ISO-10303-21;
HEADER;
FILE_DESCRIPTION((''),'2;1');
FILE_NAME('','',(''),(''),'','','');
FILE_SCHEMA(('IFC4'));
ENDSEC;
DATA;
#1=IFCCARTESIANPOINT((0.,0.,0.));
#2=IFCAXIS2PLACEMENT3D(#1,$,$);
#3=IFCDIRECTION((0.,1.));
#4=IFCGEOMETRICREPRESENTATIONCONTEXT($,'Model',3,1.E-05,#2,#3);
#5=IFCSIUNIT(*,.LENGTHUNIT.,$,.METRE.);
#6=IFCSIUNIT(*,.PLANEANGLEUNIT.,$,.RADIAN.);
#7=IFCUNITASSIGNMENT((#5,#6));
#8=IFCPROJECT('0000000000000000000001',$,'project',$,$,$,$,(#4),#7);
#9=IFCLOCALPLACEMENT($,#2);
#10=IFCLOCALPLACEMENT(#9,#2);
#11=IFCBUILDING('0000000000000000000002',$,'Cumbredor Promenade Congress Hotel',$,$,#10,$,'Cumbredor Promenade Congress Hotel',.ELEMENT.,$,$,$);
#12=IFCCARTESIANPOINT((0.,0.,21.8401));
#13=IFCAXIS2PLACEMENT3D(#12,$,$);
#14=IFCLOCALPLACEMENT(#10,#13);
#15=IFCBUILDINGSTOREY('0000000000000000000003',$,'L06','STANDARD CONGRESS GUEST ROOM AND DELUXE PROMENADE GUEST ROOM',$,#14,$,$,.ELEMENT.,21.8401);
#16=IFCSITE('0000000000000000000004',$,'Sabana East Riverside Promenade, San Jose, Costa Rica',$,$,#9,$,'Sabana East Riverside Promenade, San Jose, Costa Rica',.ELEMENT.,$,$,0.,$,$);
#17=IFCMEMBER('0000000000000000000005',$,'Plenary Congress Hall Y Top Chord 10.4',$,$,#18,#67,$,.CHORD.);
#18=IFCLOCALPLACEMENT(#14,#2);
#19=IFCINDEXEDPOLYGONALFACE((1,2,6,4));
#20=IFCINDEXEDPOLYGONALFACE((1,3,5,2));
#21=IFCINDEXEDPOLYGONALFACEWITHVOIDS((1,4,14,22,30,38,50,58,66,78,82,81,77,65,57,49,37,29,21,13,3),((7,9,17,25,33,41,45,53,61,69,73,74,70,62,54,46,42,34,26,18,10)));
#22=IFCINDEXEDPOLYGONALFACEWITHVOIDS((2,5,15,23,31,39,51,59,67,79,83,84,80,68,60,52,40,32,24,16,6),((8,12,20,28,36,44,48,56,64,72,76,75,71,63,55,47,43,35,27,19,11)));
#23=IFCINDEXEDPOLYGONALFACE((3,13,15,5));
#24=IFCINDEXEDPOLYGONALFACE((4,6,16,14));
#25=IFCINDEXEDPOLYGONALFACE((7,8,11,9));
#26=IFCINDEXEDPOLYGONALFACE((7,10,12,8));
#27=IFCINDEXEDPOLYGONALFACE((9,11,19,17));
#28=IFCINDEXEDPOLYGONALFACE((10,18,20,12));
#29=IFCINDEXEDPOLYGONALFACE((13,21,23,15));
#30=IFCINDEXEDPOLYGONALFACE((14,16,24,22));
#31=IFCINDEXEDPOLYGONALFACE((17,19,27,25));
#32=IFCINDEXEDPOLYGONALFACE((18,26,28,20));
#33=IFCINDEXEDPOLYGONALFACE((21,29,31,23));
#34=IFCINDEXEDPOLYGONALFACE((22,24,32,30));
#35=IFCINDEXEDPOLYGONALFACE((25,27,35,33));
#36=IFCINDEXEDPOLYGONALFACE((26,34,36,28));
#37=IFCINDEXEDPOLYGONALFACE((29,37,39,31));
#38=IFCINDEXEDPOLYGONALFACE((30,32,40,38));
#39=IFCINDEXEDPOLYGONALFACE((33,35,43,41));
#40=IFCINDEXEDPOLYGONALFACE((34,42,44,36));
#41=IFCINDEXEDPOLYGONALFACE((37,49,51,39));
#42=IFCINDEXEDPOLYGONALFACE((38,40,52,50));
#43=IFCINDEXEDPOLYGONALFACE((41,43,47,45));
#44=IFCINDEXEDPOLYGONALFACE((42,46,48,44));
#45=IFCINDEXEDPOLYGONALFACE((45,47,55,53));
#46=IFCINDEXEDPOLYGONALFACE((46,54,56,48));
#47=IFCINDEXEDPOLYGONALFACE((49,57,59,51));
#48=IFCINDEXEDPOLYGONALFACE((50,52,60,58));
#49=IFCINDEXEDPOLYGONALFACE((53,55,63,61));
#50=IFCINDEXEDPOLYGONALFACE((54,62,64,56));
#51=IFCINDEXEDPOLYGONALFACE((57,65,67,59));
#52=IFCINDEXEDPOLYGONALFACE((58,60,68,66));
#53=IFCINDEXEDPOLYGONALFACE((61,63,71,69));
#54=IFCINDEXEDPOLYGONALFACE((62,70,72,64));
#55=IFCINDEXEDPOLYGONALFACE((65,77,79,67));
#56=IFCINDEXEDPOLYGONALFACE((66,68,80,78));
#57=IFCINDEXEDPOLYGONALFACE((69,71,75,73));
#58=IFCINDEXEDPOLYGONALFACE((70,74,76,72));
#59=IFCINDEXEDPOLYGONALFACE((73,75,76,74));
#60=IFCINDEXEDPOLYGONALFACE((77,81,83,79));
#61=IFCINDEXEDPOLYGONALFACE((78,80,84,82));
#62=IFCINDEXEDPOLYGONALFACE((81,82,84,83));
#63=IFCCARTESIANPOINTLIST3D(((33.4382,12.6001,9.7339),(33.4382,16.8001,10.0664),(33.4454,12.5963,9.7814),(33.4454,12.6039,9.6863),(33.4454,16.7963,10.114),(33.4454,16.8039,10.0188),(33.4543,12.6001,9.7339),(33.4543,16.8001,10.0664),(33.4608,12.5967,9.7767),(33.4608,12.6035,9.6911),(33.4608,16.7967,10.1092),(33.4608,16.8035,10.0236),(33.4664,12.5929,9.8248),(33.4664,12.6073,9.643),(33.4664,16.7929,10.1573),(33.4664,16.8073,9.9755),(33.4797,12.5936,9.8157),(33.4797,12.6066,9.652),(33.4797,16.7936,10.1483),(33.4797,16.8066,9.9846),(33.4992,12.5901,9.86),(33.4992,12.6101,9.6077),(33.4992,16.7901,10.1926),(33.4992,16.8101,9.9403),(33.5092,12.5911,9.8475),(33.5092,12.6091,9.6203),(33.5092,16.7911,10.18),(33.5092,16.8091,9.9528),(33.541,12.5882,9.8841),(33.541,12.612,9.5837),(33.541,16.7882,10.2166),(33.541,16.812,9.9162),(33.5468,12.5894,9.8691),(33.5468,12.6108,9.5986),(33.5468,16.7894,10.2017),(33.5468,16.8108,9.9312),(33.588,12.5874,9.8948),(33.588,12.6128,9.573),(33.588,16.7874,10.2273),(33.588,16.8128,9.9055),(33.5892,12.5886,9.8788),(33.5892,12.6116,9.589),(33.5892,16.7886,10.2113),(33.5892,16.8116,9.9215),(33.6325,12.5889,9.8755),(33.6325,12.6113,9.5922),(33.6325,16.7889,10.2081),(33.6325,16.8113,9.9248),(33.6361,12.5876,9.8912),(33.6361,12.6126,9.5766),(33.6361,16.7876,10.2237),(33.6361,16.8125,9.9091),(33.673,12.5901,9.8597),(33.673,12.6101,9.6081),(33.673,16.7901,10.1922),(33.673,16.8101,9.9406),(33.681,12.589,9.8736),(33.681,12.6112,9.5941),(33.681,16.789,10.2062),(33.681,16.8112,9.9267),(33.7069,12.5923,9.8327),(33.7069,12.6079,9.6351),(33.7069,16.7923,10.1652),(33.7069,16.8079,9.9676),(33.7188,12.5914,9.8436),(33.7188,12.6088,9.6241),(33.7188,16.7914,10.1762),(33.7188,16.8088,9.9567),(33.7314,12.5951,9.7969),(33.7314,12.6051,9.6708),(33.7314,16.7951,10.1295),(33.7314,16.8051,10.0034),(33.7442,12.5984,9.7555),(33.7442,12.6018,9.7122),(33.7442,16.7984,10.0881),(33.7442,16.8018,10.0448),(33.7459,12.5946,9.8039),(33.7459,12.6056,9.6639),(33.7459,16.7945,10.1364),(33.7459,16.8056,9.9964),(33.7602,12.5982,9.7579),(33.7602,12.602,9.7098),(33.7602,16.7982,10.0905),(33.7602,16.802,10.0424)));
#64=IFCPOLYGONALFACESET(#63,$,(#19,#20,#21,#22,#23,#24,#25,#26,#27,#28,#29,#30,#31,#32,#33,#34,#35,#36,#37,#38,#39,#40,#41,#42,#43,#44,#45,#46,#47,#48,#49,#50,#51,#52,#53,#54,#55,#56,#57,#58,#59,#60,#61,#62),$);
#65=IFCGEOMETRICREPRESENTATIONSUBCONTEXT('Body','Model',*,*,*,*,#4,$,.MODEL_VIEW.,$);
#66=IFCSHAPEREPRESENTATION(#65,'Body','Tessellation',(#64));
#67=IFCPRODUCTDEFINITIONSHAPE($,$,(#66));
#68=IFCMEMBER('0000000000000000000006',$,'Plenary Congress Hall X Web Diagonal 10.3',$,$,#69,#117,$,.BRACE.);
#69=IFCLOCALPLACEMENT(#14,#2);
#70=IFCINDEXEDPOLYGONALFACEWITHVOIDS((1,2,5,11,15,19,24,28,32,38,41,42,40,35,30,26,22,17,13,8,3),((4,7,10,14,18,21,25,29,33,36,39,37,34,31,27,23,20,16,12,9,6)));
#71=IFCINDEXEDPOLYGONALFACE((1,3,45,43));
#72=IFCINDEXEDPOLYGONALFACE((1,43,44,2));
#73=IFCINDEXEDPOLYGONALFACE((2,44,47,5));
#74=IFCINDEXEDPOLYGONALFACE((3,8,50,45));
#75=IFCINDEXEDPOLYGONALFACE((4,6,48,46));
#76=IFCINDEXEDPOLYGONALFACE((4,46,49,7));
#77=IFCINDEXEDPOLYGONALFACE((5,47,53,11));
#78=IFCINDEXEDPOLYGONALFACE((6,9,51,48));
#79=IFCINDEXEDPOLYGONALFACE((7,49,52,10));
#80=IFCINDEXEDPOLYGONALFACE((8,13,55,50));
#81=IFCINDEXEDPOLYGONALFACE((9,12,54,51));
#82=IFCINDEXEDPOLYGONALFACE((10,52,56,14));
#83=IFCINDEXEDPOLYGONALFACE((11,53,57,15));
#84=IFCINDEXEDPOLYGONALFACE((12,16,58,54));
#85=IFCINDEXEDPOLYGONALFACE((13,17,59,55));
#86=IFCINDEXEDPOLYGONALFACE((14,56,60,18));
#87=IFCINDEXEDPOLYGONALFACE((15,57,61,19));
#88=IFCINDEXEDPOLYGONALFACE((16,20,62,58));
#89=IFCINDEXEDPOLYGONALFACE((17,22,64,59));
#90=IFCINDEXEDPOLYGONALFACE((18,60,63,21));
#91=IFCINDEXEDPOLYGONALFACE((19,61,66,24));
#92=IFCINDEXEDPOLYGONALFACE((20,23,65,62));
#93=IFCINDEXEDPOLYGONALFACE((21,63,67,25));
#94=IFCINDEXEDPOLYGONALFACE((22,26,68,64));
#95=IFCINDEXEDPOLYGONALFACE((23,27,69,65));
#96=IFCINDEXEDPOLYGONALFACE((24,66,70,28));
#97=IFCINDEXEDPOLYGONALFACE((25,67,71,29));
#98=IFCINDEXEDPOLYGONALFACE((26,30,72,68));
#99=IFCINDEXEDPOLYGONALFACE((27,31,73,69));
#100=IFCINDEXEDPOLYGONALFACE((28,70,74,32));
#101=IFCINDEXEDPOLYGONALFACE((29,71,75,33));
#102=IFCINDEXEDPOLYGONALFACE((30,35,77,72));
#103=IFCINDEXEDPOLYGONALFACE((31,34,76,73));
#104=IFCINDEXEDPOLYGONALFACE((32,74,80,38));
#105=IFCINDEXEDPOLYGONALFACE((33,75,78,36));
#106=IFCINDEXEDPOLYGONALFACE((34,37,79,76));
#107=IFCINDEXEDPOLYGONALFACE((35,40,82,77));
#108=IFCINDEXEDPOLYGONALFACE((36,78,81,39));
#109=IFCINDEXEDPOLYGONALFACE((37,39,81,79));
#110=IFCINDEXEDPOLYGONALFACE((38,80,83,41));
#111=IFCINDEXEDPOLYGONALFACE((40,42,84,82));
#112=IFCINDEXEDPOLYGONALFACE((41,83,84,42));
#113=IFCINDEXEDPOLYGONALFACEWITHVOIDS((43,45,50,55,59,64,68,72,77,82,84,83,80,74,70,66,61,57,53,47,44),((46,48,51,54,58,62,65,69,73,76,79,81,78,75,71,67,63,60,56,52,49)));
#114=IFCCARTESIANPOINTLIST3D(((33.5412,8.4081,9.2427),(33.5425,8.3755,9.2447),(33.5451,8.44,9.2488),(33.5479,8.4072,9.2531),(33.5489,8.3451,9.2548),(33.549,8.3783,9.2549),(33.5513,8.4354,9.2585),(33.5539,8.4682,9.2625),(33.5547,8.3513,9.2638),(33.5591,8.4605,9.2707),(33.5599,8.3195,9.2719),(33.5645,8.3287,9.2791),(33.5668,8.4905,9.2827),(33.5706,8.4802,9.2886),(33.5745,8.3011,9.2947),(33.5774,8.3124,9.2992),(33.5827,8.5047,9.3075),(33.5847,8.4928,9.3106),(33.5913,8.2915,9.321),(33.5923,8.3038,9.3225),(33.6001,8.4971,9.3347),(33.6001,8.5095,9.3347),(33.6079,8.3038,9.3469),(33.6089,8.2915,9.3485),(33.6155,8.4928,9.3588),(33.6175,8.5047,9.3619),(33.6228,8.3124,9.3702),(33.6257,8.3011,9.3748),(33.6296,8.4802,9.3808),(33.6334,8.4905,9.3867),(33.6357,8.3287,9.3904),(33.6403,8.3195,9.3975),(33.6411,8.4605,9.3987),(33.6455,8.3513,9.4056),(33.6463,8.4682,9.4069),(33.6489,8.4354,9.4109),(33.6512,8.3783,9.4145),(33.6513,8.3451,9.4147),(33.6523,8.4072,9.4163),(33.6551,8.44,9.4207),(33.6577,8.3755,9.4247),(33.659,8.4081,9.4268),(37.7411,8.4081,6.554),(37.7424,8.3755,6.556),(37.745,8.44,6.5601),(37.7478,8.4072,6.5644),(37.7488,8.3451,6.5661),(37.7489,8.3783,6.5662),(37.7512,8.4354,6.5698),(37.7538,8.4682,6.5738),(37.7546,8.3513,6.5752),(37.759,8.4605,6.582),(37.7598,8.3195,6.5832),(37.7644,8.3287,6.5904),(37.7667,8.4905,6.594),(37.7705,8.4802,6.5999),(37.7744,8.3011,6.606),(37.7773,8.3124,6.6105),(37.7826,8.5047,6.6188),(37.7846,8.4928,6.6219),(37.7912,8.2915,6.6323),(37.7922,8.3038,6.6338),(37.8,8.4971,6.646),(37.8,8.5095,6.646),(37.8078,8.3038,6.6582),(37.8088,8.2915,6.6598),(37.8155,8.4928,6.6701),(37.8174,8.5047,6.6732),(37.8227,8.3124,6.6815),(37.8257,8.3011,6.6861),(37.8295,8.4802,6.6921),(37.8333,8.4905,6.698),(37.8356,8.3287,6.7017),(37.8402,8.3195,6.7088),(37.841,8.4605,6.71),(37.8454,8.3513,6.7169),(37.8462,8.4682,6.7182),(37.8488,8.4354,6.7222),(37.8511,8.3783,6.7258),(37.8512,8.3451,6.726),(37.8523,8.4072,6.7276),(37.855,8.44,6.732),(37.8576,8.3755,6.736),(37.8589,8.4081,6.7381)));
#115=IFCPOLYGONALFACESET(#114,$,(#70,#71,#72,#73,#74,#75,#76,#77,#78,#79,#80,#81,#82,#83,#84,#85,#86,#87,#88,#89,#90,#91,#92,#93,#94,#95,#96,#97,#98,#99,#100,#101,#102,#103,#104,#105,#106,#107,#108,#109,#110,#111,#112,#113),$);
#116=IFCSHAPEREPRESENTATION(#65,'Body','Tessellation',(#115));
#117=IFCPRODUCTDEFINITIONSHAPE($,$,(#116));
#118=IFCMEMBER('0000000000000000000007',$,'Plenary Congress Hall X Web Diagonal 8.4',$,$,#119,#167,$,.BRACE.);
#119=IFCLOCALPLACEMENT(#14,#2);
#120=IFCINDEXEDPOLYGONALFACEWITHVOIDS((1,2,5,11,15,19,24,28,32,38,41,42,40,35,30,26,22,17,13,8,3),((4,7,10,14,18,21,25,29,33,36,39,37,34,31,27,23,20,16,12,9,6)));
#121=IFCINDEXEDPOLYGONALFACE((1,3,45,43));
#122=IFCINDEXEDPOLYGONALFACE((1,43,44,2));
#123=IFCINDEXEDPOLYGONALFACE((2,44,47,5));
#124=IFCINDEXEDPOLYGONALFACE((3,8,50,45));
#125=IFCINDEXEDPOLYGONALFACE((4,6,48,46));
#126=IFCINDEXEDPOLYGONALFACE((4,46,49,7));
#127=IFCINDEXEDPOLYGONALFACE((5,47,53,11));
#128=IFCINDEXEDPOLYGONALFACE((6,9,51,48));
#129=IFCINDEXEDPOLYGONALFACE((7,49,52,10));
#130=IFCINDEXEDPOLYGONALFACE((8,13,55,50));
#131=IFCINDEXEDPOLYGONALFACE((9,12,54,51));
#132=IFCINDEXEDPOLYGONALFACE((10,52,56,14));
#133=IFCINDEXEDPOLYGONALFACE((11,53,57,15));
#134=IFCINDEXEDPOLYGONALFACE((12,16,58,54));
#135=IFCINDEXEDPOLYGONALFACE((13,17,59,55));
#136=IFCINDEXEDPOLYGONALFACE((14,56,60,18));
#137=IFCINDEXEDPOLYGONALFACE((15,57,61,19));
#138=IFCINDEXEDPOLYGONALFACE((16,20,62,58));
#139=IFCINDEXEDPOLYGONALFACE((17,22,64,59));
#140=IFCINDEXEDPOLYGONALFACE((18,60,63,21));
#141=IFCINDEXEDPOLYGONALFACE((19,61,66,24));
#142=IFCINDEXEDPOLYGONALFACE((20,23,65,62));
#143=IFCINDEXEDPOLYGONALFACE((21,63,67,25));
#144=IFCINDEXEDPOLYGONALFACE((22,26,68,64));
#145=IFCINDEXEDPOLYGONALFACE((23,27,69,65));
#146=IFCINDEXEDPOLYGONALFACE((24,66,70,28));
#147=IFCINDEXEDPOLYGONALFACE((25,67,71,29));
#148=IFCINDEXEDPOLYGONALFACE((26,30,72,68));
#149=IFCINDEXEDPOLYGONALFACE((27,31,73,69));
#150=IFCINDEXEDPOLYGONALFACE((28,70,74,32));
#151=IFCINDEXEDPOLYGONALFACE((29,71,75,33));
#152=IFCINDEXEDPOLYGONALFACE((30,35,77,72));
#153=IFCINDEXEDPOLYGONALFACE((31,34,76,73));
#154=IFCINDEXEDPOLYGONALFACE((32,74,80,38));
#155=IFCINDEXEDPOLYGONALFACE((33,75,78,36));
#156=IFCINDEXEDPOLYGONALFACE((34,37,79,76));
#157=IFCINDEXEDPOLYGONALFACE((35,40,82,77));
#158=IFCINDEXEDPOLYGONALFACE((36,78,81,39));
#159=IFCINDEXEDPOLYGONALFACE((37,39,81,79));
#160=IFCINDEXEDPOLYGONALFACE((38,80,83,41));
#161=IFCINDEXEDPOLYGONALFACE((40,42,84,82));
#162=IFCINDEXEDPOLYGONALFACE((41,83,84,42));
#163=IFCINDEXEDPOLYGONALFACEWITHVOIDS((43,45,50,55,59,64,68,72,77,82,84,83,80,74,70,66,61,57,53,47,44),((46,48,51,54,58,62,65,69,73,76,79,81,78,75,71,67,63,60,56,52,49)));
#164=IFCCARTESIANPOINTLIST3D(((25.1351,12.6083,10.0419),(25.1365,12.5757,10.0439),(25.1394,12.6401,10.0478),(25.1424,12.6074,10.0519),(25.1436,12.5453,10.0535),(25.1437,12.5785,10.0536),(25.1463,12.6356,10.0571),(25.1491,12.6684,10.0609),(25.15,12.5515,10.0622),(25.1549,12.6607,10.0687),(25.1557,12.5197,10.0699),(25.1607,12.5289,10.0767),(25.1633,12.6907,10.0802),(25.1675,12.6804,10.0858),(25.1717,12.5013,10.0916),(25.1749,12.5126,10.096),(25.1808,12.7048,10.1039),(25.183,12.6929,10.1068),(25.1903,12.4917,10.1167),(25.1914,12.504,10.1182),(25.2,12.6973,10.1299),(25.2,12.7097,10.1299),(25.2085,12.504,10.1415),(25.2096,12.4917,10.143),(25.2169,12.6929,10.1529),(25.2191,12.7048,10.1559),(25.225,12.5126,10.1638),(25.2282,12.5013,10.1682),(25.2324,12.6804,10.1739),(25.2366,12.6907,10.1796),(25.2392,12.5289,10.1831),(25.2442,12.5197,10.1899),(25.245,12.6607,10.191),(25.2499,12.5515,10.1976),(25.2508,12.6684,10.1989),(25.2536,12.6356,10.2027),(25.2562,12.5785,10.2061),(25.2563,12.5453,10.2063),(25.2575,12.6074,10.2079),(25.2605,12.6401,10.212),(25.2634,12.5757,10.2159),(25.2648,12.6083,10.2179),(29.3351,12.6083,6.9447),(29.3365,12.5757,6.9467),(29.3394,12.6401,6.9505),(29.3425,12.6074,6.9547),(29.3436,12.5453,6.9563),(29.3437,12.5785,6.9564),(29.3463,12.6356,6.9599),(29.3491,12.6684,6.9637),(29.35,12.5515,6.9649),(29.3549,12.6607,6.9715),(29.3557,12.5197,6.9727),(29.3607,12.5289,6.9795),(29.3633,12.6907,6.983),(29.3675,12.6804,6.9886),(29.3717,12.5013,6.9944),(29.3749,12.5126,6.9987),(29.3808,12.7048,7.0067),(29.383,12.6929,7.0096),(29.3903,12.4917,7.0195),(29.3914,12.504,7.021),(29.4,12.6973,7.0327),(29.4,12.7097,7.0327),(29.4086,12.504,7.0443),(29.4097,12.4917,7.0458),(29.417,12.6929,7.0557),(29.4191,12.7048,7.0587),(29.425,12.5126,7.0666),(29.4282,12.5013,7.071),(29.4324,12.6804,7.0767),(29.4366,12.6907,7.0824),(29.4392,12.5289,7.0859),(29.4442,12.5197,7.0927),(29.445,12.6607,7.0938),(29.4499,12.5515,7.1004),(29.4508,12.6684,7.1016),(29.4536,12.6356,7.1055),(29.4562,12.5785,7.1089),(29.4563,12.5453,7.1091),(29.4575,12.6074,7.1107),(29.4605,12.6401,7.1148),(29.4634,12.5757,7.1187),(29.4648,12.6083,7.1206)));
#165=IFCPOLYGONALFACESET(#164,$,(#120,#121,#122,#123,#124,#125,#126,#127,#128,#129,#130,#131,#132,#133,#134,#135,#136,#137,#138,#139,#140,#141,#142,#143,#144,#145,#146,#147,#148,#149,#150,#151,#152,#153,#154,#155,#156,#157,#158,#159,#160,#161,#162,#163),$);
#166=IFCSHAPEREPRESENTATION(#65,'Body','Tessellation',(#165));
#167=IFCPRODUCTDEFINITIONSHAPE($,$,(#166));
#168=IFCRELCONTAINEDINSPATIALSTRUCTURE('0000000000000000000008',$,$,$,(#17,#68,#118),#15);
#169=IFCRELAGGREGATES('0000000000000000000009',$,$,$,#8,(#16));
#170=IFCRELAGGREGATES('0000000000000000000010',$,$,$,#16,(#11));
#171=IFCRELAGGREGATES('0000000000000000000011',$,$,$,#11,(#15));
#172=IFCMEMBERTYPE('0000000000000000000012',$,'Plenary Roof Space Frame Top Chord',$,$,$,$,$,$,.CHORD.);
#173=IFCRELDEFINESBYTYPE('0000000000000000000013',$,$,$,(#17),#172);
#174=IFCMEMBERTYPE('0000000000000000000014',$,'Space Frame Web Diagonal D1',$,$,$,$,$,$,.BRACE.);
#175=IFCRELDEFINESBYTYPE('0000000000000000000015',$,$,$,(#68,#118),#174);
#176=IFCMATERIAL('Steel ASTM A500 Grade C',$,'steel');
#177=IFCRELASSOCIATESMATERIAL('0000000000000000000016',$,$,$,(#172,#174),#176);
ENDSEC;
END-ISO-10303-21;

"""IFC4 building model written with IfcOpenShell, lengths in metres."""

from ifc_helpers import new_model, si_unit, direction, frame, origin, origin_2d, place, context, subcontext, project, spatial, hollow_circle, extrude, material, material_profile, profile_set, type_object, element, save


model = new_model("IFC4")

# Units and contexts
model_context = context("Model", 3, precision=1e-05, world=origin(), true_north=direction((0.0, 1.0)))
body_context = subcontext(model_context, "Body", "Model", "MODEL_VIEW")
ifc_project = project(units=[si_unit("LENGTHUNIT", "METRE"), si_unit("PLANEANGLEUNIT", "RADIAN")], contexts=[model_context])

# Site, building, storey
site_placement = place(None, origin())
site = spatial("IfcSite", under=ifc_project, at=site_placement, Name="Sabana East Riverside Promenade, San Jose, Costa Rica", LongName="Sabana East Riverside Promenade, San Jose, Costa Rica", CompositionType="ELEMENT", RefElevation=0.0)
building_placement = place(site_placement, origin())
building = spatial("IfcBuilding", under=site, at=building_placement, Name="Cumbredor Promenade Congress Hotel", LongName="Cumbredor Promenade Congress Hotel", CompositionType="ELEMENT")
storey_placement = place(building_placement, frame((0.0, 0.0, 21.8401)))
storey = spatial("IfcBuildingStorey", under=building, at=storey_placement, Name="L06", Description="STANDARD CONGRESS GUEST ROOM AND DELUXE PROMENADE GUEST ROOM", CompositionType="ELEMENT", Elevation=21.8401)

# Members
ifc_material_1 = material(Name="Steel ASTM A500 Grade C", Category="steel")
ifc_material_profile_1 = material_profile(ifc_material_1, hollow_circle(Radius=0.1619, WallThickness=0.0161, at=origin_2d()), Name="CHS 323.9x16")
ifc_profile_set_1 = profile_set([ifc_material_profile_1], Name="Steel ASTM A500 Grade C")
member_type_1 = type_object("IfcMemberType", Name="Plenary Roof Space Frame Top Chord", PredefinedType="CHORD", material=ifc_profile_set_1)
member_1_placement = place(storey_placement, frame((33.6001, 12.6001, 9.7339), z_axis=(0.0, 0.996881, 0.078925), x_axis=(-1.0, 0.0, 0.0)))
element("IfcMember", 1, at=member_1_placement, inside=storey, type_object=member_type_1, Name="Plenary Congress Hall Y Top Chord 10.4", PredefinedType="CHORD", context=body_context, shape_type="SweptSolid", body=[
    extrude(hollow_circle(Radius=0.1619, WallThickness=0.0161, at=origin_2d()), origin(), (0.0, 0.0, 1.0), 4.2131),
])
ifc_material_profile_2 = material_profile(ifc_material_1, hollow_circle(Radius=0.1096, WallThickness=0.0125, at=origin_2d()), Name="CHS 219.1x12.5")
ifc_profile_set_2 = profile_set([ifc_material_profile_2], Name="Steel ASTM A500 Grade C")
member_type_2 = type_object("IfcMemberType", Name="Space Frame Web Diagonal D1", PredefinedType="BRACE", material=ifc_profile_set_2)
member_2_placement = place(storey_placement, frame((33.6001, 8.3999, 9.3347), z_axis=(0.842203, 0.0, -0.539161), x_axis=(0.0, 1.0, 0.0)))
element("IfcMember", 2, at=member_2_placement, inside=storey, type_object=member_type_2, Name="Plenary Congress Hall X Web Diagonal 10.3", PredefinedType="BRACE", context=body_context, shape_type="SweptSolid", body=[
    extrude(hollow_circle(Radius=0.1096, WallThickness=0.0125, at=origin_2d()), origin(), (0.0, 0.0, 1.0), 4.9868),
])
member_3_placement = place(storey_placement, frame((25.2, 12.6001, 10.1299), z_axis=(0.80483, 0.0, -0.593505), x_axis=(0.0, 1.0, 0.0)))
element("IfcMember", 3, at=member_3_placement, inside=storey, type_object=member_type_2, Name="Plenary Congress Hall X Web Diagonal 8.4", PredefinedType="BRACE", context=body_context, shape_type="SweptSolid", body=[
    extrude(hollow_circle(Radius=0.1096, WallThickness=0.0125, at=origin_2d()), origin(), (0.0, 0.0, 1.0), 5.2185),
])

save(model, "model.ifc")
